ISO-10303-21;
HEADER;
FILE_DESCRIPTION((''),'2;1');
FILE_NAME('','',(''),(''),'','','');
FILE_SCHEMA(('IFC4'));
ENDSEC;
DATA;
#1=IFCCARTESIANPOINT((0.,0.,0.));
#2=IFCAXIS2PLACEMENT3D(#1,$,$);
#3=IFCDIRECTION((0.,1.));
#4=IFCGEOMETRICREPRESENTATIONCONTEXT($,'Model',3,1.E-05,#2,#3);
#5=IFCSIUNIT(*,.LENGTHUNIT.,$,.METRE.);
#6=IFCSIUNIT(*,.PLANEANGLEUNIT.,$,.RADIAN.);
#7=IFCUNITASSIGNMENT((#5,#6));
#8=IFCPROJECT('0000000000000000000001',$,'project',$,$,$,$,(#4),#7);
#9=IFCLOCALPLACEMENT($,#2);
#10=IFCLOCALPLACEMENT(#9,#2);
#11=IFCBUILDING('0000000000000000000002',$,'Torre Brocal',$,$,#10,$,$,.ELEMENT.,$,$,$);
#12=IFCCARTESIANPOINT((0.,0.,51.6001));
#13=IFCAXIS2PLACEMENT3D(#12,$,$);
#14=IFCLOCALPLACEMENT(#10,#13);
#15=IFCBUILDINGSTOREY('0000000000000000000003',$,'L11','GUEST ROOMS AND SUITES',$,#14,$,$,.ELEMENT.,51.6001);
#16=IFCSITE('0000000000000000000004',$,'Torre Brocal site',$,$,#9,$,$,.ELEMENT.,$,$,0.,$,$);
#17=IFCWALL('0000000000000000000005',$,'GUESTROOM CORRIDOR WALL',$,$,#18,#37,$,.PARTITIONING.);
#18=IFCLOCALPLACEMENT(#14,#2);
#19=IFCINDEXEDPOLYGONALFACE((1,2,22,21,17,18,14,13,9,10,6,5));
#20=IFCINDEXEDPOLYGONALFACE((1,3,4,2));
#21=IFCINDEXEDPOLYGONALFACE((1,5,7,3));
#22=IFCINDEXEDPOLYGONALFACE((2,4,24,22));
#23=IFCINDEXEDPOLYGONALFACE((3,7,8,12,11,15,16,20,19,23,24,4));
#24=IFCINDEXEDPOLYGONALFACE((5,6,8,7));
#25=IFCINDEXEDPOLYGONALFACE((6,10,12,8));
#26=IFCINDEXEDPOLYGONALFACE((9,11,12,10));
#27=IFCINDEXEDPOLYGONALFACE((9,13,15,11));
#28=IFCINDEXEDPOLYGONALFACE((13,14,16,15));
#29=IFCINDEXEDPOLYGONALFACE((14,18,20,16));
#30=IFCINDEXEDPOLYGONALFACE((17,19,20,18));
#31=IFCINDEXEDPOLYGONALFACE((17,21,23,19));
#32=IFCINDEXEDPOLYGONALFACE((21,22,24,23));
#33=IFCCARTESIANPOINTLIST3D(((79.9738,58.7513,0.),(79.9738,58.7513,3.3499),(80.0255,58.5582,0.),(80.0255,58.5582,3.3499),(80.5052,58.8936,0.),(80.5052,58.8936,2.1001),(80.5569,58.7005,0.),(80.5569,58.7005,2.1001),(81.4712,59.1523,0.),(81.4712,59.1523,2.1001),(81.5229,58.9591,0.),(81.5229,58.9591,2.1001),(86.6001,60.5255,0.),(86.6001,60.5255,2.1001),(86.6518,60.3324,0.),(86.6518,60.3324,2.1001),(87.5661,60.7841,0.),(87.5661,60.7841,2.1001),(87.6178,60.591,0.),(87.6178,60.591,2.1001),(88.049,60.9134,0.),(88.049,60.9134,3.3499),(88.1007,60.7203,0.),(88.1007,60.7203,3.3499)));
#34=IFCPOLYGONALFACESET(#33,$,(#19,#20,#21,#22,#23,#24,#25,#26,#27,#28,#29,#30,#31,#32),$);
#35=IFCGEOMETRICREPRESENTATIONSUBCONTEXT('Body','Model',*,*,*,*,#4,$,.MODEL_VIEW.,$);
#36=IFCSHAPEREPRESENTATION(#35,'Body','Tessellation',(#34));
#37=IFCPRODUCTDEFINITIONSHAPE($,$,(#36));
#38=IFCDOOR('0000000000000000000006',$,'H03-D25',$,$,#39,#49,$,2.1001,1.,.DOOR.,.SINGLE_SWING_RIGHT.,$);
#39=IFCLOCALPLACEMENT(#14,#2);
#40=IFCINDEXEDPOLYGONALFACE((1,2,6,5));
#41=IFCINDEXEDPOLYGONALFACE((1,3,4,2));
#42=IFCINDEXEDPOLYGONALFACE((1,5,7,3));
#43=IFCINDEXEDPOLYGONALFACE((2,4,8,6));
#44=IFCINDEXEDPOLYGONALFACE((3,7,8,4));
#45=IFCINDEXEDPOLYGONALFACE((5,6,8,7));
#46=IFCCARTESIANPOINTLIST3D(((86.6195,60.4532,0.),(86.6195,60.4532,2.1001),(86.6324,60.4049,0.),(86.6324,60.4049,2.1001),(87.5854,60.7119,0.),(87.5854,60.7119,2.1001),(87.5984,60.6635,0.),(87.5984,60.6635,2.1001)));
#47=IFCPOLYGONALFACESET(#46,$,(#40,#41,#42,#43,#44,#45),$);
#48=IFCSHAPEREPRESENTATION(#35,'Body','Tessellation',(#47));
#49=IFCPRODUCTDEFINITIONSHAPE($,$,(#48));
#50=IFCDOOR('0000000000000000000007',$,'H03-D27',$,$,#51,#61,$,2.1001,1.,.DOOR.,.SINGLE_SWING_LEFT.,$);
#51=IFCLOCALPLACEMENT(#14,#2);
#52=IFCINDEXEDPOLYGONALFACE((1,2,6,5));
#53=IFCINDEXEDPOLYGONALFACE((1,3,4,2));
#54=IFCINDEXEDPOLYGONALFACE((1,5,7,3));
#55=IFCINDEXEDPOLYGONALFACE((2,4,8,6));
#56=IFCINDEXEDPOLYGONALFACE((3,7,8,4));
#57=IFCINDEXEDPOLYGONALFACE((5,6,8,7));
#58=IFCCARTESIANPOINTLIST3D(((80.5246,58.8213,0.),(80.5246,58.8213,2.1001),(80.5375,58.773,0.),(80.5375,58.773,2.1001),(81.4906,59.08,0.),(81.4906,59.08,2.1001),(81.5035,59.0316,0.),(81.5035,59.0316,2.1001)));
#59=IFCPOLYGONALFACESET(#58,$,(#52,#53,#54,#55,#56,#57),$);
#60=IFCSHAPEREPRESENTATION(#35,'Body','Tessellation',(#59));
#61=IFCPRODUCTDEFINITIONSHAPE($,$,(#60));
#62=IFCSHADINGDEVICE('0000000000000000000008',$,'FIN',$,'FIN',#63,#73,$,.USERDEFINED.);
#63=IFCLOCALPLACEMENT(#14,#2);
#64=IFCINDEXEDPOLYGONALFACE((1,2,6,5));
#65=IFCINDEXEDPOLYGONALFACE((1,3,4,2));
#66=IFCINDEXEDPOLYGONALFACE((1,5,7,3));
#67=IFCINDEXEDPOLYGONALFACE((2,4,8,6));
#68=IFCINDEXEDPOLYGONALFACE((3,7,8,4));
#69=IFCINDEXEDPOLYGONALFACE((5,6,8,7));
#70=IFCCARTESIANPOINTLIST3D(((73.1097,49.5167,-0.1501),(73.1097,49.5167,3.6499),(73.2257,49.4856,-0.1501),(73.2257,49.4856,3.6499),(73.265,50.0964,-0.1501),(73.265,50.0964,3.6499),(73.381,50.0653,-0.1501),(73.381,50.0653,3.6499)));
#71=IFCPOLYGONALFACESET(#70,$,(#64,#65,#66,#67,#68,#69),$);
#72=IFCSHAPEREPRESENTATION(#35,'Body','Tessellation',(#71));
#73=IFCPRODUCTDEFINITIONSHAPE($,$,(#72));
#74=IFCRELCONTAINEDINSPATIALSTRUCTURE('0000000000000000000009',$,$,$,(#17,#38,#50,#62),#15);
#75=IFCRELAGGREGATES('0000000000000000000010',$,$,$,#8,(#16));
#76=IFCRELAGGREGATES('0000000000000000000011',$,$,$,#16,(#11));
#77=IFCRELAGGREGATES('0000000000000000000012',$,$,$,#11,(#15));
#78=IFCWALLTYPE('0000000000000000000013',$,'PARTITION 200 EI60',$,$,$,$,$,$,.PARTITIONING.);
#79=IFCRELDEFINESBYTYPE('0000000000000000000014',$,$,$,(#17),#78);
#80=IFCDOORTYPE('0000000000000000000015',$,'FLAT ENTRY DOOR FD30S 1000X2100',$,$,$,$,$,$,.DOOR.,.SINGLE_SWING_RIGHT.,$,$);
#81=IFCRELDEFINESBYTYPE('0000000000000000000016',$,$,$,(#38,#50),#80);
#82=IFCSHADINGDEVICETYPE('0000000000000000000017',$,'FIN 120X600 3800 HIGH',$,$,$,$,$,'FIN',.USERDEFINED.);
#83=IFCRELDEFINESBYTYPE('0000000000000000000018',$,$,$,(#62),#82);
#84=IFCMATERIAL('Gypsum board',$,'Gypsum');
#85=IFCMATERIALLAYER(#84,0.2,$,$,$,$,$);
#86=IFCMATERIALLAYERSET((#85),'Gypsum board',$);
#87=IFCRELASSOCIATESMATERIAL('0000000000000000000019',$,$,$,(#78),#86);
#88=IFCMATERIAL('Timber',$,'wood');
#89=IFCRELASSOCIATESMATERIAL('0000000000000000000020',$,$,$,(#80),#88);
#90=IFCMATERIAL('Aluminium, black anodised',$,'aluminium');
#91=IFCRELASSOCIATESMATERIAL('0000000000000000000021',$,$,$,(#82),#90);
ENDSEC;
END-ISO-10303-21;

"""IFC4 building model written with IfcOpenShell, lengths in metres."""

from ifc_helpers import new_model, si_unit, direction, frame, frame_2d, origin, origin_2d, place, context, subcontext, project, spatial, rectangle, extrude, material, layer, layer_set, material_profile, profile_set, type_object, element, fill, save


model = new_model("IFC4")

# Units and contexts
model_context = context("Model", 3, precision=1e-05, world=origin(), true_north=direction((0.0, 1.0)))
body_context = subcontext(model_context, "Body", "Model", "MODEL_VIEW")
ifc_project = project(units=[si_unit("LENGTHUNIT", "METRE"), si_unit("PLANEANGLEUNIT", "RADIAN")], contexts=[model_context])

# Site, building, storey
site_placement = place(None, origin())
site = spatial("IfcSite", under=ifc_project, at=site_placement, Name="Torre Brocal site", CompositionType="ELEMENT", RefElevation=0.0)
building_placement = place(site_placement, origin())
building = spatial("IfcBuilding", under=site, at=building_placement, Name="Torre Brocal", CompositionType="ELEMENT")
storey_placement = place(building_placement, frame((0.0, 0.0, 51.6001)))
storey = spatial("IfcBuildingStorey", under=building, at=storey_placement, Name="L11", Description="GUEST ROOMS AND SUITES", CompositionType="ELEMENT", Elevation=51.6001)

# Shared definitions
ifc_material_1 = material(Name="Gypsum board", Category="Gypsum")
ifc_layer_1 = layer(ifc_material_1, 0.2)
ifc_layer_set_1 = layer_set([ifc_layer_1], Name="Gypsum board")
wall_type_1 = type_object("IfcWallType", Name="PARTITION 200 EI60", PredefinedType="PARTITIONING", material=ifc_layer_set_1)

# Wall, openings, doors
wall_1_placement = place(storey_placement, frame((79.9998, 58.6548, 0.0), z_axis=(0.0, 0.0, 1.0), x_axis=(0.965975, 0.258637, 0.0)))
wall_1 = element("IfcWall", 1, at=wall_1_placement, inside=storey, type_object=wall_type_1, Name="GUESTROOM CORRIDOR WALL", PredefinedType="PARTITIONING", context=body_context, shape_type="SweptSolid", body=[
    extrude(rectangle(XDim=8.3596, YDim=0.2, at=frame_2d((4.1797, 0.0))), origin(), (0.0, 0.0, 1.0), 3.3499),
])
opening_1_placement = place(wall_1_placement, frame((6.8596, 0.0, 0.0)))
opening_1 = element("IfcOpeningElement", 2, at=opening_1_placement, cuts=wall_1, PredefinedType="OPENING", context=body_context, shape_type="SweptSolid", body=[
    extrude(rectangle(XDim=1.0, YDim=2.1001, at=frame_2d((0.5, 1.05))), frame((0.0, 0.1099, 0.0), z_axis=(0.0, -1.0, 0.0), x_axis=(1.0, 0.0, 0.0)), (0.0, 0.0, 1.0), 0.22),
])
opening_2_placement = place(wall_1_placement, frame((0.55, 0.0, 0.0)))
opening_2 = element("IfcOpeningElement", 3, at=opening_2_placement, cuts=wall_1, PredefinedType="OPENING", context=body_context, shape_type="SweptSolid", body=[
    extrude(rectangle(XDim=1.0, YDim=2.1001, at=frame_2d((0.5, 1.05))), frame((0.0, 0.1099, 0.0), z_axis=(0.0, -1.0, 0.0), x_axis=(1.0, 0.0, 0.0)), (0.0, 0.0, 1.0), 0.22),
])
ifc_material_2 = material(Name="Timber", Category="wood")
door_type_1 = type_object("IfcDoorType", Name="FLAT ENTRY DOOR FD30S 1000X2100", OperationType="SINGLE_SWING_RIGHT", PredefinedType="DOOR", material=ifc_material_2)
door_1_placement = place(opening_1_placement, frame((1.0, 0.0, 0.0), z_axis=(0.0, 0.0, 1.0), x_axis=(-1.0, 0.0, 0.0)))
door_1 = element("IfcDoor", 4, at=door_1_placement, inside=storey, type_object=door_type_1, Name="H03-D25", OperationType="SINGLE_SWING_RIGHT", OverallHeight=2.1001, OverallWidth=1.0, PredefinedType="DOOR", context=body_context, shape_type="SweptSolid", body=[
    extrude(rectangle(XDim=1.0, YDim=2.1001, at=frame_2d((0.5, 1.05))), frame((0.0, 0.0249, 0.0), z_axis=(0.0, -1.0, 0.0), x_axis=(1.0, 0.0, 0.0)), (0.0, 0.0, 1.0), 0.05),
])
fill(opening_1, door_1)
door_2_placement = place(opening_2_placement, frame((1.0, 0.0, 0.0), z_axis=(0.0, 0.0, 1.0), x_axis=(-1.0, 0.0, 0.0)))
door_2 = element("IfcDoor", 5, at=door_2_placement, inside=storey, type_object=door_type_1, Name="H03-D27", OperationType="SINGLE_SWING_LEFT", OverallHeight=2.1001, OverallWidth=1.0, PredefinedType="DOOR", context=body_context, shape_type="SweptSolid", body=[
    extrude(rectangle(XDim=1.0, YDim=2.1001, at=frame_2d((0.5, 1.05))), frame((0.0, 0.0249, 0.0), z_axis=(0.0, -1.0, 0.0), x_axis=(1.0, 0.0, 0.0)), (0.0, 0.0, 1.0), 0.05),
])
fill(opening_2, door_2)

# Shading device
ifc_material_3 = material(Name="Aluminium, black anodised", Category="aluminium")
ifc_material_profile_1 = material_profile(ifc_material_3, rectangle(XDim=0.1201, YDim=0.6001, at=origin_2d()), Name="FIN 120X600 3800 HIGH")
ifc_profile_set_1 = profile_set([ifc_material_profile_1], Name="Aluminium, black anodised")
shading_device_type = type_object("IfcShadingDeviceType", Name="FIN 120X600 3800 HIGH", ElementType="FIN", PredefinedType="USERDEFINED", material=ifc_profile_set_1)
shading_device_placement = place(storey_placement, frame((73.2454, 49.791, -0.1501), z_axis=(0.0, 0.0, 1.0), x_axis=(0.965926, -0.258819, 0.0)))
element("IfcShadingDevice", 6, at=shading_device_placement, inside=storey, type_object=shading_device_type, Name="FIN", ObjectType="FIN", PredefinedType="USERDEFINED", context=body_context, shape_type="SweptSolid", body=[
    extrude(rectangle(XDim=0.1201, YDim=0.6001, at=origin_2d()), origin(), (0.0, 0.0, 1.0), 3.8),
])

save(model, "model.ifc")
